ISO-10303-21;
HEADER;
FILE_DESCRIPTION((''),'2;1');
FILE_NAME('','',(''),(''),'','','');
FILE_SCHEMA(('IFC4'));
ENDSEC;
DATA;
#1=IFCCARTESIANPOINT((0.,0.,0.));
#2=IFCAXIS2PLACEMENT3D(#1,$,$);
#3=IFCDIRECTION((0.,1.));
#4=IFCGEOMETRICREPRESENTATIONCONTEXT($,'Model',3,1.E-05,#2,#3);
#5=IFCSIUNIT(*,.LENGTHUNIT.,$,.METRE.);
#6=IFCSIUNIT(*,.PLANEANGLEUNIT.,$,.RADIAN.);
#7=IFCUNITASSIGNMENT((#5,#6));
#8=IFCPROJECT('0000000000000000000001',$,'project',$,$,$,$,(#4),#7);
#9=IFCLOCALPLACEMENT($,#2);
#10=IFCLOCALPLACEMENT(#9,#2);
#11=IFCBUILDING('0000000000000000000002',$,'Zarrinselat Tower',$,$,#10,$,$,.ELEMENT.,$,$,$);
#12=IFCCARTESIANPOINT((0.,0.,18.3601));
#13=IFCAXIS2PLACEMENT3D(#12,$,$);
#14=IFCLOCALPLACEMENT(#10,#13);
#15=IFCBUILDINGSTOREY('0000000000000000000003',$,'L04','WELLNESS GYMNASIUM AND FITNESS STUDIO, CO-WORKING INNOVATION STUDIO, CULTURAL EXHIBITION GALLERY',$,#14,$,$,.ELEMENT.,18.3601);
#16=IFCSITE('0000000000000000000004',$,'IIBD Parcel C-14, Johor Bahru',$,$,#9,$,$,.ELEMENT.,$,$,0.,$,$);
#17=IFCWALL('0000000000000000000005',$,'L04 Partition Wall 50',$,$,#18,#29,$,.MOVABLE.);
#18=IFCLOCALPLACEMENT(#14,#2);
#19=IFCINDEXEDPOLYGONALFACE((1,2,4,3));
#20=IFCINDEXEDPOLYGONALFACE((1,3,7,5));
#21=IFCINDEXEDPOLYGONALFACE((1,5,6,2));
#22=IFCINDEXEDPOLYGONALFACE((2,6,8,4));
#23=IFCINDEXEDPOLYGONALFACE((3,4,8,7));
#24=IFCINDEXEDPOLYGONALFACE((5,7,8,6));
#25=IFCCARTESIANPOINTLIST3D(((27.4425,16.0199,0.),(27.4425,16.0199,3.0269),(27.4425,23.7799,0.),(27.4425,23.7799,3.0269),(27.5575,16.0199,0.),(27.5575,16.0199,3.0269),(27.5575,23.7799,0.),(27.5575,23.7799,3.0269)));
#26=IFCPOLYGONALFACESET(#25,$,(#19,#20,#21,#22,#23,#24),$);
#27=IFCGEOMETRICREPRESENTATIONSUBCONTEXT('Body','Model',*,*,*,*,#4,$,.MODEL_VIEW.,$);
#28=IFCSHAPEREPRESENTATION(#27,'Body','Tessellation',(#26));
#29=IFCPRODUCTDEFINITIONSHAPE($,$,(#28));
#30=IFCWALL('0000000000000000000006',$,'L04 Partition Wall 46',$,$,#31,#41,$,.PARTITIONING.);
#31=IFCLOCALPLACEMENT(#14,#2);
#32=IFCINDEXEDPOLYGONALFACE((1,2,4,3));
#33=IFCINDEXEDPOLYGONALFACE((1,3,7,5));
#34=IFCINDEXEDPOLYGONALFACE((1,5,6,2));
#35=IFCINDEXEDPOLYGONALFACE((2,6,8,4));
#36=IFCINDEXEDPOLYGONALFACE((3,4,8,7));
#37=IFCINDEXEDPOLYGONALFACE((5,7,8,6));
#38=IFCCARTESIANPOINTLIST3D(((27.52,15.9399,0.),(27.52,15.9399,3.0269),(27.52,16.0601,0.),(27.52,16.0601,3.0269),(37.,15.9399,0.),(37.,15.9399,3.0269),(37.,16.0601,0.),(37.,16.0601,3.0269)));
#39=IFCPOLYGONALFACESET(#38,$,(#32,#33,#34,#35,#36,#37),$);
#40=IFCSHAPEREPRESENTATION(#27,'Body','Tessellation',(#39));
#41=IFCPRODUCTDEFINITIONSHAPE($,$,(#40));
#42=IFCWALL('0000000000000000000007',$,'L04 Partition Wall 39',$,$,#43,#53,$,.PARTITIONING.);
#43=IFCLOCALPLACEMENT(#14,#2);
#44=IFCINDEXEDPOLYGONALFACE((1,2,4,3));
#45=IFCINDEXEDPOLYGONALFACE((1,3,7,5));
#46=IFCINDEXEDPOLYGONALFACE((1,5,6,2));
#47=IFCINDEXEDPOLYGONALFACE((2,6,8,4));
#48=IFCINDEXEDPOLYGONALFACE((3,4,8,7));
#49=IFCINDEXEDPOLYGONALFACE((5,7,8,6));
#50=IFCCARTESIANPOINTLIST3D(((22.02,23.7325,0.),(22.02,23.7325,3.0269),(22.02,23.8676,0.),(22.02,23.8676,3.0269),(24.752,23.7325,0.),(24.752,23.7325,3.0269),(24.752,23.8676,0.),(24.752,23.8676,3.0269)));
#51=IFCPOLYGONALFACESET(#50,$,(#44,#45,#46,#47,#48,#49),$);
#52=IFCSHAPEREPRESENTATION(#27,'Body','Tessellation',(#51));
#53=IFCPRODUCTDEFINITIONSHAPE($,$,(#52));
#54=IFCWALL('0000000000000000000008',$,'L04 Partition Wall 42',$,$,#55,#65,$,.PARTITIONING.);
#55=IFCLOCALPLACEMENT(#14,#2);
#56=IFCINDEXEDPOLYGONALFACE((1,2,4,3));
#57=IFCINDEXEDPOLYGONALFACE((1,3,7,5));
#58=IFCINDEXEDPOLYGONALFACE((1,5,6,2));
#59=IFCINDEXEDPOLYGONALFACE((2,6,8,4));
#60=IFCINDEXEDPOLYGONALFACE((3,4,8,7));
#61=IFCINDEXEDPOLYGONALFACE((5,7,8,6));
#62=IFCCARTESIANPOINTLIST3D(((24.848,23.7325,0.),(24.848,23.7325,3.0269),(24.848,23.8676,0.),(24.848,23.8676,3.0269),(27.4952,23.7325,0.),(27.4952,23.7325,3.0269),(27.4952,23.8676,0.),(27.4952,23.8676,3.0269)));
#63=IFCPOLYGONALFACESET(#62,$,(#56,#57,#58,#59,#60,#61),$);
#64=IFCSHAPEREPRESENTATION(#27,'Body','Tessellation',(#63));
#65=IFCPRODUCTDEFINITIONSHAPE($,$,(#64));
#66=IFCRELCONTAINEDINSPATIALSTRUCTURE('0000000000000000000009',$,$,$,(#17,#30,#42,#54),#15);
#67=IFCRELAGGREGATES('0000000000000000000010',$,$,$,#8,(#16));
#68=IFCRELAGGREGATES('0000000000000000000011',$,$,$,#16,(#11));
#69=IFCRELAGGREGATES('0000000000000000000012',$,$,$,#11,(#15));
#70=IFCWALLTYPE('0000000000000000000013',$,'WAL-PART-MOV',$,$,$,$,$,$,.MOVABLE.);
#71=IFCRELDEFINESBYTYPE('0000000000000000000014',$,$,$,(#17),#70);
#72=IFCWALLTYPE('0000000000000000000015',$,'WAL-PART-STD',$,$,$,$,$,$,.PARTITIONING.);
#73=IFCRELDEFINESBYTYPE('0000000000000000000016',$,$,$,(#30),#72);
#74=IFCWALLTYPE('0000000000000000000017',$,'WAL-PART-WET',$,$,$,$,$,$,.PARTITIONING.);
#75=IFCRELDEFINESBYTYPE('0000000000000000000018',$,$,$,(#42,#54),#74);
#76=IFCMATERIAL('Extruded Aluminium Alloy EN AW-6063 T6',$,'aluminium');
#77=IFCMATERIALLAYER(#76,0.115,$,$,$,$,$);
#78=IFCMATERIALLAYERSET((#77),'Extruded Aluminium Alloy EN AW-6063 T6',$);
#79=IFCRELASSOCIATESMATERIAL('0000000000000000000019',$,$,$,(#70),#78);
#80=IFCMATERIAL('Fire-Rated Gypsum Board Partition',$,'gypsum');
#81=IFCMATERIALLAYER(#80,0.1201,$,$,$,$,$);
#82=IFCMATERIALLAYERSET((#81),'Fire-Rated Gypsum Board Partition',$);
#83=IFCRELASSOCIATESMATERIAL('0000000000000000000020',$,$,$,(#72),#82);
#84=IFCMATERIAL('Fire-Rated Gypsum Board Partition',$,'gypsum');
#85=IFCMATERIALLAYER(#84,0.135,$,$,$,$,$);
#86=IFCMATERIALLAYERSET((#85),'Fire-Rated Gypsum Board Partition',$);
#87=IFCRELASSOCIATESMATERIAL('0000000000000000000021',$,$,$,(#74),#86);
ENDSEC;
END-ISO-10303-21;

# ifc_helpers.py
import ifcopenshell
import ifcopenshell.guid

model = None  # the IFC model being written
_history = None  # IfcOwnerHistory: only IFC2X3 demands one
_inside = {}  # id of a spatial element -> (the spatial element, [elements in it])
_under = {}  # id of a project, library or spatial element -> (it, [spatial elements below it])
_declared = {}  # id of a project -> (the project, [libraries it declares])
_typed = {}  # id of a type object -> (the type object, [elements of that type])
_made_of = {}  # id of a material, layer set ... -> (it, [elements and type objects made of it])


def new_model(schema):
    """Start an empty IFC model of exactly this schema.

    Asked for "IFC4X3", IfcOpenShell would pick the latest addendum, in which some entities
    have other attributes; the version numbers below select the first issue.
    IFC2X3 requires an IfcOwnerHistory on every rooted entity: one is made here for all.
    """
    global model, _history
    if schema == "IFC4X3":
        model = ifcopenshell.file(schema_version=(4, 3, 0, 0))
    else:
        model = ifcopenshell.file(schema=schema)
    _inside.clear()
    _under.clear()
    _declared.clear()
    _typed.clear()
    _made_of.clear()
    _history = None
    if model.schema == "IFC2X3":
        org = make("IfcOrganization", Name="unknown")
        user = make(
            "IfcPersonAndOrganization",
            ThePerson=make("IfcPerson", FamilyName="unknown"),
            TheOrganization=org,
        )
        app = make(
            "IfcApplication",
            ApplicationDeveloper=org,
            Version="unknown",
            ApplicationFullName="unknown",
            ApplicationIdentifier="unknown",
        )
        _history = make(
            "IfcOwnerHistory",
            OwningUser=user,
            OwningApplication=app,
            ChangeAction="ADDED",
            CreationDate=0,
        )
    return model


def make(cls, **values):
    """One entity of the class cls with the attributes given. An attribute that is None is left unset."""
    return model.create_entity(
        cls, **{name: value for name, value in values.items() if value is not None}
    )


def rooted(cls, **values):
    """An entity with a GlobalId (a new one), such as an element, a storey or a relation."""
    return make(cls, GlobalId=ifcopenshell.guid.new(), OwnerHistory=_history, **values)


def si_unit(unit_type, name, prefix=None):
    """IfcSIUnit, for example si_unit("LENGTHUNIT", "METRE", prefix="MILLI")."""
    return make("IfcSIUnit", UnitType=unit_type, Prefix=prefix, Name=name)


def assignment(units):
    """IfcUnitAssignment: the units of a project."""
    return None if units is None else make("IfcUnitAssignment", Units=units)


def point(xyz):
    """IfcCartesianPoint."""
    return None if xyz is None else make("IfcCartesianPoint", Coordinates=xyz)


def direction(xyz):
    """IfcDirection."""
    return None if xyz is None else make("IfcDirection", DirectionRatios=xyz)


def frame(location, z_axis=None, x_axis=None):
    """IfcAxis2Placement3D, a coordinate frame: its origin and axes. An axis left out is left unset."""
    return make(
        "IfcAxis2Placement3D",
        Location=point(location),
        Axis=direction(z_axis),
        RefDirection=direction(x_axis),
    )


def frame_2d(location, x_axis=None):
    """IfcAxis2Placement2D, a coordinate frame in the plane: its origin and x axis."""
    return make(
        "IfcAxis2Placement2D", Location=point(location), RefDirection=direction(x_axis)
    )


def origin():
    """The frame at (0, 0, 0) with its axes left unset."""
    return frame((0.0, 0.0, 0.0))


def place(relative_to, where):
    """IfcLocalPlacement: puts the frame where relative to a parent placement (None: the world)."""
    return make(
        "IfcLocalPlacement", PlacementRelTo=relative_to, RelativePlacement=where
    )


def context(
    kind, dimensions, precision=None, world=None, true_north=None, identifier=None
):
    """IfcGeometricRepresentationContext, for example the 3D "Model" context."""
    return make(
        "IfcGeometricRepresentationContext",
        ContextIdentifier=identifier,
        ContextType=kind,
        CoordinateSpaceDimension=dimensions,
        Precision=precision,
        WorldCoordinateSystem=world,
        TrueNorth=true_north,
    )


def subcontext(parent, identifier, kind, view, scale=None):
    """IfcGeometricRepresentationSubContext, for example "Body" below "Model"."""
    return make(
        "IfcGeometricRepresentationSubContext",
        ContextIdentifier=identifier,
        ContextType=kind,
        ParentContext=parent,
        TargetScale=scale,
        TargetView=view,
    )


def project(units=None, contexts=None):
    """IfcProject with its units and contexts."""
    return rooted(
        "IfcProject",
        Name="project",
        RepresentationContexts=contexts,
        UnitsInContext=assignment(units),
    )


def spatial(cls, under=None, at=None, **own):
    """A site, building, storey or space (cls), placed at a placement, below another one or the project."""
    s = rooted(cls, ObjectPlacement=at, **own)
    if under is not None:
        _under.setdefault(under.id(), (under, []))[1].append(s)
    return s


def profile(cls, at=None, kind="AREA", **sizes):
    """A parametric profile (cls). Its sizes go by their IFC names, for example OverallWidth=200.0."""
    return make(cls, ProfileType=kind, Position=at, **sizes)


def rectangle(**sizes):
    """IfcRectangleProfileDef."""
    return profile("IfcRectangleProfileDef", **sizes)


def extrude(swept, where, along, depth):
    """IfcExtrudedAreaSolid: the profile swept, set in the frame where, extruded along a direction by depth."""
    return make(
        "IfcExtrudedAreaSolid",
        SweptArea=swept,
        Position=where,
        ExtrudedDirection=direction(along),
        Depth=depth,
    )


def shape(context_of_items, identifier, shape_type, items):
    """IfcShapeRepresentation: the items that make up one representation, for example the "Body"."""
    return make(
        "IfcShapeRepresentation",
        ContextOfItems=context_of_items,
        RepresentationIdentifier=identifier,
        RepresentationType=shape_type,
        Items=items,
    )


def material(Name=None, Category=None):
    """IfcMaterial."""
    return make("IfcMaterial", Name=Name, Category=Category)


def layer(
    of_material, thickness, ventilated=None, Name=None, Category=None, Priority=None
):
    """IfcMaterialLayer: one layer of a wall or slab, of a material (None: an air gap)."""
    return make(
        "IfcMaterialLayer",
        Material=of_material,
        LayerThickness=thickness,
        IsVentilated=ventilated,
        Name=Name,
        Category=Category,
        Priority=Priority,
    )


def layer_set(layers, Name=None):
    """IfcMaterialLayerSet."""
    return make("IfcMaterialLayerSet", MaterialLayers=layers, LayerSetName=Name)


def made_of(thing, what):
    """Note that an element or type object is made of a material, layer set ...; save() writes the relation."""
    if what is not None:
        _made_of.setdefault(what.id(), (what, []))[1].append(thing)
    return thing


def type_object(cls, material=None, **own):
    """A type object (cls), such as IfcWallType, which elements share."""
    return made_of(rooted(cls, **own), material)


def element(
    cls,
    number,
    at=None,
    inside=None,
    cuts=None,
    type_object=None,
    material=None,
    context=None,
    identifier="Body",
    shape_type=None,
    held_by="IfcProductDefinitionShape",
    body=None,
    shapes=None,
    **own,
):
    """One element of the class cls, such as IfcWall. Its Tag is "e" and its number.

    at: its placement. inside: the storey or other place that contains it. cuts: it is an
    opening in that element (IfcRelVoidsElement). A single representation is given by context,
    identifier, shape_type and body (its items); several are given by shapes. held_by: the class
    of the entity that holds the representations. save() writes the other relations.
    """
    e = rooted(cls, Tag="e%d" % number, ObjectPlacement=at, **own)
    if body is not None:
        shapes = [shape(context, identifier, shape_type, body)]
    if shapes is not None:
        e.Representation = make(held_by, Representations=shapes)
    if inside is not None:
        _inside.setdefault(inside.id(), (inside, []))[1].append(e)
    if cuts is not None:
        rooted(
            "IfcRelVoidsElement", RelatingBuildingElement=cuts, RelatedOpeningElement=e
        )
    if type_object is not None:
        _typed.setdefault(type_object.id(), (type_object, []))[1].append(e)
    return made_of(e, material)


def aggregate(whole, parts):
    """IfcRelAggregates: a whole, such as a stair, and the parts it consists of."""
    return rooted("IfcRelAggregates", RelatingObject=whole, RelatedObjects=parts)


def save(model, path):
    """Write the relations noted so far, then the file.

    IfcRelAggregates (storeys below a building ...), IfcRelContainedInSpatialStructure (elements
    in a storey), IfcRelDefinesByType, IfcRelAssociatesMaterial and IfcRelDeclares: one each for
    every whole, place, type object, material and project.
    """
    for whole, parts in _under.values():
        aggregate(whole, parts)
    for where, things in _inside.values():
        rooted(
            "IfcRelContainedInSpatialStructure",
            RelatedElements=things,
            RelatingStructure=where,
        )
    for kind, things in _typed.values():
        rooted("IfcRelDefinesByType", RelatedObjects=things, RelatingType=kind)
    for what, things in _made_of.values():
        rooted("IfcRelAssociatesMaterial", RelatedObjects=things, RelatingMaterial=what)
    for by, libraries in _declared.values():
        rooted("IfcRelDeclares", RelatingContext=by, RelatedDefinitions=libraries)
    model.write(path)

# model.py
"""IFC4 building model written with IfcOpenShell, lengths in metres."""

from ifc_helpers import new_model, si_unit, direction, frame, frame_2d, origin, place, context, subcontext, project, spatial, rectangle, extrude, material, layer, layer_set, type_object, element, save


model = new_model("IFC4")

# Units and contexts
model_context = context("Model", 3, precision=1e-05, world=origin(), true_north=direction((0.0, 1.0)))
body_context = subcontext(model_context, "Body", "Model", "MODEL_VIEW")
ifc_project = project(units=[si_unit("LENGTHUNIT", "METRE"), si_unit("PLANEANGLEUNIT", "RADIAN")], contexts=[model_context])

# Site, building, storey
site_placement = place(None, origin())
site = spatial("IfcSite", under=ifc_project, at=site_placement, Name="IIBD Parcel C-14, Johor Bahru", CompositionType="ELEMENT", RefElevation=0.0)
building_placement = place(site_placement, origin())
building = spatial("IfcBuilding", under=site, at=building_placement, Name="Zarrinselat Tower", CompositionType="ELEMENT")
storey_placement = place(building_placement, frame((0.0, 0.0, 18.3601)))
storey = spatial("IfcBuildingStorey", under=building, at=storey_placement, Name="L04", Description="WELLNESS GYMNASIUM AND FITNESS STUDIO, CO-WORKING INNOVATION STUDIO, CULTURAL EXHIBITION GALLERY", CompositionType="ELEMENT", Elevation=18.3601)

# Walls
ifc_material_1 = material(Name="Extruded Aluminium Alloy EN AW-6063 T6", Category="aluminium")
ifc_layer_1 = layer(ifc_material_1, 0.115)
ifc_layer_set_1 = layer_set([ifc_layer_1], Name="Extruded Aluminium Alloy EN AW-6063 T6")
wall_type_1 = type_object("IfcWallType", Name="WAL-PART-MOV", PredefinedType="MOVABLE", material=ifc_layer_set_1)
wall_1_placement = place(storey_placement, frame((27.5, 16.02, 0.0), z_axis=(0.0, 0.0, 1.0), x_axis=(0.0, 1.0, 0.0)))
element("IfcWall", 1, at=wall_1_placement, inside=storey, type_object=wall_type_1, Name="L04 Partition Wall 50", PredefinedType="MOVABLE", context=body_context, shape_type="SweptSolid", body=[
    extrude(rectangle(XDim=7.76, YDim=0.115, at=frame_2d((3.8799, 0.0))), origin(), (0.0, 0.0, 1.0), 3.0269),
])
ifc_material_2 = material(Name="Fire-Rated Gypsum Board Partition", Category="gypsum")
ifc_layer_2 = layer(ifc_material_2, 0.1201)
ifc_layer_set_2 = layer_set([ifc_layer_2], Name="Fire-Rated Gypsum Board Partition")
wall_type_2 = type_object("IfcWallType", Name="WAL-PART-STD", PredefinedType="PARTITIONING", material=ifc_layer_set_2)
wall_2_placement = place(storey_placement, frame((27.52, 16.0, 0.0), z_axis=(0.0, 0.0, 1.0), x_axis=(1.0, 0.0, 0.0)))
element("IfcWall", 2, at=wall_2_placement, inside=storey, type_object=wall_type_2, Name="L04 Partition Wall 46", PredefinedType="PARTITIONING", context=body_context, shape_type="SweptSolid", body=[
    extrude(rectangle(XDim=9.48, YDim=0.1201, at=frame_2d((4.74, 0.0))), origin(), (0.0, 0.0, 1.0), 3.0269),
])
ifc_material_3 = material(Name="Fire-Rated Gypsum Board Partition", Category="gypsum")
ifc_layer_3 = layer(ifc_material_3, 0.135)
ifc_layer_set_3 = layer_set([ifc_layer_3], Name="Fire-Rated Gypsum Board Partition")
wall_type_3 = type_object("IfcWallType", Name="WAL-PART-WET", PredefinedType="PARTITIONING", material=ifc_layer_set_3)
wall_3_placement = place(storey_placement, frame((22.02, 23.8, 0.0), z_axis=(0.0, 0.0, 1.0), x_axis=(1.0, 0.0, 0.0)))
element("IfcWall", 3, at=wall_3_placement, inside=storey, type_object=wall_type_3, Name="L04 Partition Wall 39", PredefinedType="PARTITIONING", context=body_context, shape_type="SweptSolid", body=[
    extrude(rectangle(XDim=2.7319, YDim=0.135, at=frame_2d((1.366, 0.0))), origin(), (0.0, 0.0, 1.0), 3.0269),
])
wall_4_placement = place(storey_placement, frame((24.8479, 23.8, 0.0), z_axis=(0.0, 0.0, 1.0), x_axis=(1.0, 0.0, 0.0)))
element("IfcWall", 4, at=wall_4_placement, inside=storey, type_object=wall_type_3, Name="L04 Partition Wall 42", PredefinedType="PARTITIONING", context=body_context, shape_type="SweptSolid", body=[
    extrude(rectangle(XDim=2.6472, YDim=0.135, at=frame_2d((1.3237, 0.0))), origin(), (0.0, 0.0, 1.0), 3.0269),
])

save(model, "model.ifc")
